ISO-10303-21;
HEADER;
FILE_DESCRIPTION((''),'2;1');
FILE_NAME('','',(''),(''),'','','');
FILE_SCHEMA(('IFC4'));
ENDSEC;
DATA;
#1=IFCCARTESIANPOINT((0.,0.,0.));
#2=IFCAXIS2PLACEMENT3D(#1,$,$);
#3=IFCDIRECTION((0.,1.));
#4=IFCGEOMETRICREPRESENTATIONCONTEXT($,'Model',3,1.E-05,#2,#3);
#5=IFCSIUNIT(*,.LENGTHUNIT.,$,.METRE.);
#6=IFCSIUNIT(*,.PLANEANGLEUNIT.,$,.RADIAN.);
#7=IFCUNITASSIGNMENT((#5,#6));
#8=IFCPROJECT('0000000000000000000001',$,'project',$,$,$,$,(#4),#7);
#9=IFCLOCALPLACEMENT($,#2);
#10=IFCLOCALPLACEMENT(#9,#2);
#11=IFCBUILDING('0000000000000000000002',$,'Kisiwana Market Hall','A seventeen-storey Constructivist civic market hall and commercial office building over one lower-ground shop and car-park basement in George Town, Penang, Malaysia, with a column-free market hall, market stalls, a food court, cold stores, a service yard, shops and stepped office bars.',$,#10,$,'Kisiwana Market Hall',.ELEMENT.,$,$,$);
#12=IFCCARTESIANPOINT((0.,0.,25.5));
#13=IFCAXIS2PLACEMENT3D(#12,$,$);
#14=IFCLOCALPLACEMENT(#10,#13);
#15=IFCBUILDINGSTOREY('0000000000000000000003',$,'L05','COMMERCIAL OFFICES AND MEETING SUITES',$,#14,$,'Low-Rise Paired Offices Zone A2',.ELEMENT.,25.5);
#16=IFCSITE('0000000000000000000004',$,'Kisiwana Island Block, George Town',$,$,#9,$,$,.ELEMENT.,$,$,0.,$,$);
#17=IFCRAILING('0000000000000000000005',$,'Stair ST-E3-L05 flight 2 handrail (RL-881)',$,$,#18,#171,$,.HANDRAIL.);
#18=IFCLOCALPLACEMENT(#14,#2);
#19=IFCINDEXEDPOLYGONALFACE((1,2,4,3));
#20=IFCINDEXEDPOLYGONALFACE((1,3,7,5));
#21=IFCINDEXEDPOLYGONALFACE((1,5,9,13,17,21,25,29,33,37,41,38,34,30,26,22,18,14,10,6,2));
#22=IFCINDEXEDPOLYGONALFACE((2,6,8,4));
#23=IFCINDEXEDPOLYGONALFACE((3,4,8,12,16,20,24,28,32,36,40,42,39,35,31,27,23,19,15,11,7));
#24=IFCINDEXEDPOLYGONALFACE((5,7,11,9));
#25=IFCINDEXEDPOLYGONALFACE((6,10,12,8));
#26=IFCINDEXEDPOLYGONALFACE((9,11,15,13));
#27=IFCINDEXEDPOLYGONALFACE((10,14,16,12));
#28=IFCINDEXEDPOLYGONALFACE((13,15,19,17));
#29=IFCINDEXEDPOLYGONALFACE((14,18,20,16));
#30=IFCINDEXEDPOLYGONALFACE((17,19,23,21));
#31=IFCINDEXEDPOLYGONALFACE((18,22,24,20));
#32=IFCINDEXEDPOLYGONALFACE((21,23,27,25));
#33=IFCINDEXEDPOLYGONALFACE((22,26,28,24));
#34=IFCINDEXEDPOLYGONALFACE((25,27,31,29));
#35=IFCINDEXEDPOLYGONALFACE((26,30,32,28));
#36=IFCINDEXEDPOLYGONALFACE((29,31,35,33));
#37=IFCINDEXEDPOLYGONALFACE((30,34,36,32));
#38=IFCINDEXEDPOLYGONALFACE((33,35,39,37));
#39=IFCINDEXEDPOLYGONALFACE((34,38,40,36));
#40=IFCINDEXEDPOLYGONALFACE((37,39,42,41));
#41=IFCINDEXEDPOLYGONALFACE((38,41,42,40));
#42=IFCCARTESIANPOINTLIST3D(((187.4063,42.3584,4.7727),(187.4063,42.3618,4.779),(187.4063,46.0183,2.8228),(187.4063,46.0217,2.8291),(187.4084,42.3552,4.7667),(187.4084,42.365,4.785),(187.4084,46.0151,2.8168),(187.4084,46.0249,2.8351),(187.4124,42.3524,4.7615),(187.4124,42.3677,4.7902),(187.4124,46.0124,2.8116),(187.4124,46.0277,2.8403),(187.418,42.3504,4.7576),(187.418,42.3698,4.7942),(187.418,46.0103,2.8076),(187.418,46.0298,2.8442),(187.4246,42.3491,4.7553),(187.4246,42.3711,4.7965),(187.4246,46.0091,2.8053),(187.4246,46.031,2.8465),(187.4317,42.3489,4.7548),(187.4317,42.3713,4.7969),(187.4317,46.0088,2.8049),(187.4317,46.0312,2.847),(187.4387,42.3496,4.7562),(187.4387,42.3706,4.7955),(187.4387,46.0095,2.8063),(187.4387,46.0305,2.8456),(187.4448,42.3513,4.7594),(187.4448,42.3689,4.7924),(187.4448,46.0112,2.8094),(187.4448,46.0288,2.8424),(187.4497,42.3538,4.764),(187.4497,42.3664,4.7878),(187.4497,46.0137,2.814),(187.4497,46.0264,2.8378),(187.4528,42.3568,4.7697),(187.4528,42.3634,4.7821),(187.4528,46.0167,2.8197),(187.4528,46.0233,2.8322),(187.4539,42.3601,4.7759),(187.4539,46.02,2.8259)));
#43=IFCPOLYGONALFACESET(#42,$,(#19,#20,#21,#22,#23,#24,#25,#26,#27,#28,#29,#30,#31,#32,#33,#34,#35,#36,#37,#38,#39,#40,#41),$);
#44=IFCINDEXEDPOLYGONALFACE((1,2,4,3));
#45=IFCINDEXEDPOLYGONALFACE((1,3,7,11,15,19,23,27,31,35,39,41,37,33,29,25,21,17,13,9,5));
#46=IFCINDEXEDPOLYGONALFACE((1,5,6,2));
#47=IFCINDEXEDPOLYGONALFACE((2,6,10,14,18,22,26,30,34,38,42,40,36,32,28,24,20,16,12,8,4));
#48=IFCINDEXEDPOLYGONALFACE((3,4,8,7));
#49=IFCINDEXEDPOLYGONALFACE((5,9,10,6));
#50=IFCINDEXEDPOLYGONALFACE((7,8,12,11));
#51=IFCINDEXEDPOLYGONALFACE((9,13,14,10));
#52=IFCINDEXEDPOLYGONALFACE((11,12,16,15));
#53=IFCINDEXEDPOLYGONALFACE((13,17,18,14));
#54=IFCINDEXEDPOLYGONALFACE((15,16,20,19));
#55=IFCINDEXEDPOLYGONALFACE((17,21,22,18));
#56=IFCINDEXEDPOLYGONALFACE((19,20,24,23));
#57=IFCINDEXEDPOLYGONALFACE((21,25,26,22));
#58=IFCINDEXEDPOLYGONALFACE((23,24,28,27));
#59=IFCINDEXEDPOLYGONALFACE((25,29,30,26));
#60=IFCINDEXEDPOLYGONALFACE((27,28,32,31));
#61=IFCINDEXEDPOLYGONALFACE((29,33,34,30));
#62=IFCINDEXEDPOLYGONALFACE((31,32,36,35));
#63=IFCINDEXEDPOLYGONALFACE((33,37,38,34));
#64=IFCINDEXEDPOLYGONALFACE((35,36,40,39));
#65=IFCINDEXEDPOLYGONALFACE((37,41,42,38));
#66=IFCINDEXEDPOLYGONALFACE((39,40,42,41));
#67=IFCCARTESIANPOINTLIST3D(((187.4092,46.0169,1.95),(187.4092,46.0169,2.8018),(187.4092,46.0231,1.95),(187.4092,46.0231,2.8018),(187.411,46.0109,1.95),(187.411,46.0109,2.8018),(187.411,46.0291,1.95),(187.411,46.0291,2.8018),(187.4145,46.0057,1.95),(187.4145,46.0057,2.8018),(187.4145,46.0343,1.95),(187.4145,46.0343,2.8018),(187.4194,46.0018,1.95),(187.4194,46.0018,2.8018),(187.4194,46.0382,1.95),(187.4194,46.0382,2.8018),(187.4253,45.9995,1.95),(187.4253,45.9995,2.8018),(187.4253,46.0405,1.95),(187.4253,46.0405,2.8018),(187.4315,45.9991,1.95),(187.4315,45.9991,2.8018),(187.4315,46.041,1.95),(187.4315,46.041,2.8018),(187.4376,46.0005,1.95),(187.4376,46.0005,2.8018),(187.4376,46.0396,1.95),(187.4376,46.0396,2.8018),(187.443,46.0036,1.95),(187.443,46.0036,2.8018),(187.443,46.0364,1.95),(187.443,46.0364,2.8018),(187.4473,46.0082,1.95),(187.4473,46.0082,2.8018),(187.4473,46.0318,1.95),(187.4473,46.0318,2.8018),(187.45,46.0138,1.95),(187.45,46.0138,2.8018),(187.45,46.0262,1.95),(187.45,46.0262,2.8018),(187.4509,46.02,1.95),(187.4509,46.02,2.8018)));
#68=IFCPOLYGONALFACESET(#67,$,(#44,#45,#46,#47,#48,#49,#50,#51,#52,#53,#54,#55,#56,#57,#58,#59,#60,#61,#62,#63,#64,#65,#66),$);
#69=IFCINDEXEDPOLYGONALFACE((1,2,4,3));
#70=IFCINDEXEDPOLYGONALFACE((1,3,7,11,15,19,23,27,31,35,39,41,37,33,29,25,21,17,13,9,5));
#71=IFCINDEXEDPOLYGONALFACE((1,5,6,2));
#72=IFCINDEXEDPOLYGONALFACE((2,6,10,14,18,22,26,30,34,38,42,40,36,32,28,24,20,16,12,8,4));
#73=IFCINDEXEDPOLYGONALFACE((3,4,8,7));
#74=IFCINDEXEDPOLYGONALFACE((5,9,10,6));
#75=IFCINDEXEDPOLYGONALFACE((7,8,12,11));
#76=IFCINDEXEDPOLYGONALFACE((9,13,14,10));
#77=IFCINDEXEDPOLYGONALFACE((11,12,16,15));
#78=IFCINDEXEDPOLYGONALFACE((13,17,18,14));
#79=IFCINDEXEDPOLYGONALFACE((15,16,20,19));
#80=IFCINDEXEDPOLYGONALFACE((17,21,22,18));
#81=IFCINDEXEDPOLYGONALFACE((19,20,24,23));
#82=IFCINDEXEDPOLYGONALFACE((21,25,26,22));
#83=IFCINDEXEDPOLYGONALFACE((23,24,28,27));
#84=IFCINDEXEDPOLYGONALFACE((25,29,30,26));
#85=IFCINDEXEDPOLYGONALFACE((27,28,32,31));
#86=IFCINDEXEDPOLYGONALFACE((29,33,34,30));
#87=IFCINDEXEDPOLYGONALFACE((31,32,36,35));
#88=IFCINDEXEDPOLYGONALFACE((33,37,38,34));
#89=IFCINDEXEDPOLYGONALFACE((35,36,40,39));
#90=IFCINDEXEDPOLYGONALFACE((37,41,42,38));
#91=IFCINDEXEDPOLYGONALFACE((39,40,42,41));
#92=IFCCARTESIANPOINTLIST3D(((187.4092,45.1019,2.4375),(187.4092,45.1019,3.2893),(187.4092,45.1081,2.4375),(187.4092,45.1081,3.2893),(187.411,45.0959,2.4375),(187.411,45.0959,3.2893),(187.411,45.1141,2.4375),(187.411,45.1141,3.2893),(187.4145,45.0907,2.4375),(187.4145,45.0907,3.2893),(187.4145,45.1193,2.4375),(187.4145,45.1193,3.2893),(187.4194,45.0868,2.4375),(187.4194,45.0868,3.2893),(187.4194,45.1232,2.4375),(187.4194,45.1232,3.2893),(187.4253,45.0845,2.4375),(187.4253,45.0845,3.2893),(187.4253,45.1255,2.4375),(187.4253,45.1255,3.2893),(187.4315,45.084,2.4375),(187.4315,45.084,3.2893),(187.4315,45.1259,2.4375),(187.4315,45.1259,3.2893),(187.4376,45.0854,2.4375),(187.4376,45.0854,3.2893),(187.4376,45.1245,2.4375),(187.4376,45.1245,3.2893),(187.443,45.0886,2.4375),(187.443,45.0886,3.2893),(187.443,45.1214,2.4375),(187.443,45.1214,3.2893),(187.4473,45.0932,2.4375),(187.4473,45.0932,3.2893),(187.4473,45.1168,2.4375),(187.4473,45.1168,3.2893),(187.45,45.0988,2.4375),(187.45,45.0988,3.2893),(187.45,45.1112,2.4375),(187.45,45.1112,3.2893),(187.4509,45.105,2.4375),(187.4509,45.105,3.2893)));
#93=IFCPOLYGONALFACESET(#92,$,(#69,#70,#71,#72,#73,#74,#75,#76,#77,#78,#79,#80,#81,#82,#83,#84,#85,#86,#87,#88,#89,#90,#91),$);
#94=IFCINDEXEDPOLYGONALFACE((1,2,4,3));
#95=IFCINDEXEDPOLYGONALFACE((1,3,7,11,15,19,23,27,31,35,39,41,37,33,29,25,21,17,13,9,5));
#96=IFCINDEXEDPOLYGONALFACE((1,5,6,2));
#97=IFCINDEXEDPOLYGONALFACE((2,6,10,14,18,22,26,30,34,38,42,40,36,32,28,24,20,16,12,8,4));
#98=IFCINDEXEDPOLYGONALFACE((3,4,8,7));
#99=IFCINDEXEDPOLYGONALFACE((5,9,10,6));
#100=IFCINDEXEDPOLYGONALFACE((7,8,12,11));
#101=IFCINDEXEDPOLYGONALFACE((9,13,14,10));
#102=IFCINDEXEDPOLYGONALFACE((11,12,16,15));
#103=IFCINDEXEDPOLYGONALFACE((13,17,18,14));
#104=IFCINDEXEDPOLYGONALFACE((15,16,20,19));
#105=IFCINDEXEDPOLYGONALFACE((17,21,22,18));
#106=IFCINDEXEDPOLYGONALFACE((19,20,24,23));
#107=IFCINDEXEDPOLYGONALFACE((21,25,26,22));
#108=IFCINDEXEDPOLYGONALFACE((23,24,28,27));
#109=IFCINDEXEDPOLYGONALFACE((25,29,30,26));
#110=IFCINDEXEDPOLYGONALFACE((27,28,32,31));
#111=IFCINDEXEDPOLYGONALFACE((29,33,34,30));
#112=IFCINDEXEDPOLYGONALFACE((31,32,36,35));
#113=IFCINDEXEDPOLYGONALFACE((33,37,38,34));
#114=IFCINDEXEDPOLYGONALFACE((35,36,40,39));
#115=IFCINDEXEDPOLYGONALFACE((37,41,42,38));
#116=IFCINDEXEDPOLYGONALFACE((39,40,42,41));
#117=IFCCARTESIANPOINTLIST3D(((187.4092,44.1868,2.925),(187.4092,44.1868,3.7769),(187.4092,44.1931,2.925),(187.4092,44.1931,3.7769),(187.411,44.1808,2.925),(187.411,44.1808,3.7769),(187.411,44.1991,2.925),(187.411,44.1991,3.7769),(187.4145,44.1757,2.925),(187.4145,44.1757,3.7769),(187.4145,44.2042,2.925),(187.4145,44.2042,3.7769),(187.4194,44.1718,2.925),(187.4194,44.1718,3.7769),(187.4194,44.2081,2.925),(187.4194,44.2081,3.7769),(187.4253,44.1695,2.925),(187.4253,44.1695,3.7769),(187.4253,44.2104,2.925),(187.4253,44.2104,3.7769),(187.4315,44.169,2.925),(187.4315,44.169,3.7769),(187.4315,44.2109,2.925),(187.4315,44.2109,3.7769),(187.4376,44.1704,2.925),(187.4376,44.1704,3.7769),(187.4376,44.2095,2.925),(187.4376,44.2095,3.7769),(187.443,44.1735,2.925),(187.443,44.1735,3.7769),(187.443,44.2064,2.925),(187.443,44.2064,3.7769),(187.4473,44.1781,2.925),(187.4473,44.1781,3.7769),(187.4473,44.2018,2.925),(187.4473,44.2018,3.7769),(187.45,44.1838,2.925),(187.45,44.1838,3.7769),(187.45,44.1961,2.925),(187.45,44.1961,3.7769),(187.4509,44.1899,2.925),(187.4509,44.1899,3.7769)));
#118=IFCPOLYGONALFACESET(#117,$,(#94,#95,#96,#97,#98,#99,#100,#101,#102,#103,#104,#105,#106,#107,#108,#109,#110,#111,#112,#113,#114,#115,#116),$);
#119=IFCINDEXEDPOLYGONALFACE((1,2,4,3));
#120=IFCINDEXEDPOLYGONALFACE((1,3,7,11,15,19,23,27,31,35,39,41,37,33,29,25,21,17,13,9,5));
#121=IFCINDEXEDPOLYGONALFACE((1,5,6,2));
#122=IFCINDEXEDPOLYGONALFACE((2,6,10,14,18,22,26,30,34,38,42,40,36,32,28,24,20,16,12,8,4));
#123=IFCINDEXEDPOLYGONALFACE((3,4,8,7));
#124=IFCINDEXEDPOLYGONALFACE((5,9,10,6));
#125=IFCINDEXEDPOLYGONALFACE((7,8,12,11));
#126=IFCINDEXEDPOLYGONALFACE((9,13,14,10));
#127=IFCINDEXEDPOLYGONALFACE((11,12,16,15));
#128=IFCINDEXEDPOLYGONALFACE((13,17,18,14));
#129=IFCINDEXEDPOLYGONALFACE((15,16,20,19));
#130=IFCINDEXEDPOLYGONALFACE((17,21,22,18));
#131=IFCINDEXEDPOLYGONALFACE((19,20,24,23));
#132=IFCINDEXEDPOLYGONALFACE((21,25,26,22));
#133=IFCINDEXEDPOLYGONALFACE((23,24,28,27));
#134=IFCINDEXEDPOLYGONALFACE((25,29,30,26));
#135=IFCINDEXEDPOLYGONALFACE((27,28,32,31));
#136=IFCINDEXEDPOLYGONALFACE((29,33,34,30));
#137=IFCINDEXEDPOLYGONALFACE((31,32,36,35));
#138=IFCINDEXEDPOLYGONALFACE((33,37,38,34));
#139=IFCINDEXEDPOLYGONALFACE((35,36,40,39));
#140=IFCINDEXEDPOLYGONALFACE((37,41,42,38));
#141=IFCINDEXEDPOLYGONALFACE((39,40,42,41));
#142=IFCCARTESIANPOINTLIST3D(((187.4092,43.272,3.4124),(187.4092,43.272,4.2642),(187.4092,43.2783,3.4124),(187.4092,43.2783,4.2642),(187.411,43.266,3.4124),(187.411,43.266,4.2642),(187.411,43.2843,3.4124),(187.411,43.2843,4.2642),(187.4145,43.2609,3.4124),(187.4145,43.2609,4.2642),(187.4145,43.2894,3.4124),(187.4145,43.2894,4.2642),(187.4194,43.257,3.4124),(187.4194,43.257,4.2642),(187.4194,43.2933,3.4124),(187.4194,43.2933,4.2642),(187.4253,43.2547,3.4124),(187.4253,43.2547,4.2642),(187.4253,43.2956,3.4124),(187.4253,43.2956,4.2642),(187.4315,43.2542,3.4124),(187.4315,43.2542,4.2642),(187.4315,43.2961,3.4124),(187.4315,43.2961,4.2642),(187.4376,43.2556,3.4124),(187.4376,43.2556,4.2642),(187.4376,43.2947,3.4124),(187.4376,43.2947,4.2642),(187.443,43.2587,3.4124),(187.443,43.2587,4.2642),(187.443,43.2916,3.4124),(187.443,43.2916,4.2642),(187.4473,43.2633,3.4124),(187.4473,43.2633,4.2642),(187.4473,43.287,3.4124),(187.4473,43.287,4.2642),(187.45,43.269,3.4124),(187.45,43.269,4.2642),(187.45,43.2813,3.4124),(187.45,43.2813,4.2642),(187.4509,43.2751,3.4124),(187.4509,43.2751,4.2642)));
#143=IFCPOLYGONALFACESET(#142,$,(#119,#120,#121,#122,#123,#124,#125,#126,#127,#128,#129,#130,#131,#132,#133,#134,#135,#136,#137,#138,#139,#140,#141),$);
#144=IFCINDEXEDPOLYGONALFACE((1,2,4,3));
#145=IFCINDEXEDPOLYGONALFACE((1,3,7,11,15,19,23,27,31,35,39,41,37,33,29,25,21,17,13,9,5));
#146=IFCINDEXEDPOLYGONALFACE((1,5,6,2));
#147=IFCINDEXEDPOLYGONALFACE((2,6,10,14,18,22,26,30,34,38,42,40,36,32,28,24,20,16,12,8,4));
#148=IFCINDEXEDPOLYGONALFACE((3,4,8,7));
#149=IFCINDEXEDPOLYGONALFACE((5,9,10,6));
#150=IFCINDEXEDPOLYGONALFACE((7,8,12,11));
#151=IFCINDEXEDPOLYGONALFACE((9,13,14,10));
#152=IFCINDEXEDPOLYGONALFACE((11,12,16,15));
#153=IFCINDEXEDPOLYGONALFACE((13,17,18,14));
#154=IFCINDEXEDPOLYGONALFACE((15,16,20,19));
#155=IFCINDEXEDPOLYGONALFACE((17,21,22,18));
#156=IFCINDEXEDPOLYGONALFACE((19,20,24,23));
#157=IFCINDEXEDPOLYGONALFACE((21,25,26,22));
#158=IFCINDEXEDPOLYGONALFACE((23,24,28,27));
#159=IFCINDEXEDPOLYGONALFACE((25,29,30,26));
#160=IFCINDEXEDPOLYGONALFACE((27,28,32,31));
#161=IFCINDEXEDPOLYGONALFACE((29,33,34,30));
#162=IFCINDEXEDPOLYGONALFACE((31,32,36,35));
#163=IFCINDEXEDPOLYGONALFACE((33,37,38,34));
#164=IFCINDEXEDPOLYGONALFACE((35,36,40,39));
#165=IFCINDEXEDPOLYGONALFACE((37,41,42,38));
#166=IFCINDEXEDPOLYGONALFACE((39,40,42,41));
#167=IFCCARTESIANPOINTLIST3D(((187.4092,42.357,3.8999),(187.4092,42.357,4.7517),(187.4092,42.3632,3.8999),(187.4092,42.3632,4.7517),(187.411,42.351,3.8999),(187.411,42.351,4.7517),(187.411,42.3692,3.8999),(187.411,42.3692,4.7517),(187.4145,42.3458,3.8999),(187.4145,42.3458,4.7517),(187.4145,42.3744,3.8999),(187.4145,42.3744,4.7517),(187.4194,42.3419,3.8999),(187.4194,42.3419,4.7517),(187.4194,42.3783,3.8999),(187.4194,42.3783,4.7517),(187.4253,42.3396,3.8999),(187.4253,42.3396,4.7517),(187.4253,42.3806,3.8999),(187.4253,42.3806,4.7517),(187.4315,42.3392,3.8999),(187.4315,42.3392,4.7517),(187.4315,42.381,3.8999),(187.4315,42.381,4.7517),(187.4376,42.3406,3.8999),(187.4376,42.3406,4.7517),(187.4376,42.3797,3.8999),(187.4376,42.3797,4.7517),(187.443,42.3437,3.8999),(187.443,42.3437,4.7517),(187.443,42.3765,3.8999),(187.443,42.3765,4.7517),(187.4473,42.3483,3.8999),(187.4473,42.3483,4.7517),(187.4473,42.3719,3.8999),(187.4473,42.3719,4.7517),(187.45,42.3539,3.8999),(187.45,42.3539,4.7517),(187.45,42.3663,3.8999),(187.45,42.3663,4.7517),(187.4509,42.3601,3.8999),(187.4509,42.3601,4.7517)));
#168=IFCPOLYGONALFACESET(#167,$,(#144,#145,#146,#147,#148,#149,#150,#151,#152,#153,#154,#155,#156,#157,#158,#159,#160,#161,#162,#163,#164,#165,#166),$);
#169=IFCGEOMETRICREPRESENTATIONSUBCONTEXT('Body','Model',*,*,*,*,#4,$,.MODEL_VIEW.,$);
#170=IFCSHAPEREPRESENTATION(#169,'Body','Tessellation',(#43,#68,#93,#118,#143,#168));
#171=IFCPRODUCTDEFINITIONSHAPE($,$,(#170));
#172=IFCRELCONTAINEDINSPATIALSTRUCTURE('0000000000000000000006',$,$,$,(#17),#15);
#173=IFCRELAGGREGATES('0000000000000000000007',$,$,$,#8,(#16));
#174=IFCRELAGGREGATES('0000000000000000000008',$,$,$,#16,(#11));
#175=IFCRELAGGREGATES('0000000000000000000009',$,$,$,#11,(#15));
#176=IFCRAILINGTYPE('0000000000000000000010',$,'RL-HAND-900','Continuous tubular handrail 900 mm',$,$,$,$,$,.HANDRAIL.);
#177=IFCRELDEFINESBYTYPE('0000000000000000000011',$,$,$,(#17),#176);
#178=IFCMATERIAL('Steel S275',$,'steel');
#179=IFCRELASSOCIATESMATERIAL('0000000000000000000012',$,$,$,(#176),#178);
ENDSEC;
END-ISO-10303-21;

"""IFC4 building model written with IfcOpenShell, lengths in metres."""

from ifc_helpers import new_model, si_unit, direction, frame, origin, origin_2d, place, context, subcontext, project, spatial, circle, extrude, material, type_object, element, save


model = new_model("IFC4")

# Units and contexts
model_context = context("Model", 3, precision=1e-05, world=origin(), true_north=direction((0.0, 1.0)))
body_context = subcontext(model_context, "Body", "Model", "MODEL_VIEW")
ifc_project = project(units=[si_unit("LENGTHUNIT", "METRE"), si_unit("PLANEANGLEUNIT", "RADIAN")], contexts=[model_context])

# Site, building, storey
site_placement = place(None, origin())
site = spatial("IfcSite", under=ifc_project, at=site_placement, Name="Kisiwana Island Block, George Town", CompositionType="ELEMENT", RefElevation=0.0)
building_placement = place(site_placement, origin())
building = spatial("IfcBuilding", under=site, at=building_placement, Name="Kisiwana Market Hall", Description="A seventeen-storey Constructivist civic market hall and commercial office building over one lower-ground shop and car-park basement in George Town, Penang, Malaysia, with a column-free market hall, market stalls, a food court, cold stores, a service yard, shops and stepped office bars.", LongName="Kisiwana Market Hall", CompositionType="ELEMENT")
storey_placement = place(building_placement, frame((0.0, 0.0, 25.5)))
storey = spatial("IfcBuildingStorey", under=building, at=storey_placement, Name="L05", Description="COMMERCIAL OFFICES AND MEETING SUITES", LongName="Low-Rise Paired Offices Zone A2", CompositionType="ELEMENT", Elevation=25.5)

# Railing
ifc_material_1 = material(Name="Steel S275", Category="steel")
railing_type_1 = type_object("IfcRailingType", Name="RL-HAND-900", Description="Continuous tubular handrail 900 mm", PredefinedType="HANDRAIL", material=ifc_material_1)
railing_1_placement = place(storey_placement, frame((187.4299, 46.02, 1.95)))
element("IfcRailing", 1, at=railing_1_placement, inside=storey, type_object=railing_type_1, Name="Stair ST-E3-L05 flight 2 handrail (RL-881)", PredefinedType="HANDRAIL", context=body_context, shape_type="SweptSolid", body=[
    extrude(circle(Radius=0.0239, at=origin_2d()), frame((0.0, 0.0, 0.876), z_axis=(0.0, -0.882553, 0.470212), x_axis=(1.0, 0.0, 0.0)), (0.0, 0.0, 1.0), 4.147),
    extrude(circle(Radius=0.021, at=origin_2d()), origin(), (0.0, 0.0, 1.0), 0.8518),
    extrude(circle(Radius=0.021, at=origin_2d()), frame((0.0, -0.915, 0.4875)), (0.0, 0.0, 1.0), 0.8518),
    extrude(circle(Radius=0.021, at=origin_2d()), frame((0.0, -1.8301, 0.9751)), (0.0, 0.0, 1.0), 0.8518),
    extrude(circle(Radius=0.021, at=origin_2d()), frame((0.0, -2.7449, 1.4624)), (0.0, 0.0, 1.0), 0.8518),
    extrude(circle(Radius=0.021, at=origin_2d()), frame((0.0, -3.6599, 1.95)), (0.0, 0.0, 1.0), 0.8518),
])

save(model, "model.ifc")
